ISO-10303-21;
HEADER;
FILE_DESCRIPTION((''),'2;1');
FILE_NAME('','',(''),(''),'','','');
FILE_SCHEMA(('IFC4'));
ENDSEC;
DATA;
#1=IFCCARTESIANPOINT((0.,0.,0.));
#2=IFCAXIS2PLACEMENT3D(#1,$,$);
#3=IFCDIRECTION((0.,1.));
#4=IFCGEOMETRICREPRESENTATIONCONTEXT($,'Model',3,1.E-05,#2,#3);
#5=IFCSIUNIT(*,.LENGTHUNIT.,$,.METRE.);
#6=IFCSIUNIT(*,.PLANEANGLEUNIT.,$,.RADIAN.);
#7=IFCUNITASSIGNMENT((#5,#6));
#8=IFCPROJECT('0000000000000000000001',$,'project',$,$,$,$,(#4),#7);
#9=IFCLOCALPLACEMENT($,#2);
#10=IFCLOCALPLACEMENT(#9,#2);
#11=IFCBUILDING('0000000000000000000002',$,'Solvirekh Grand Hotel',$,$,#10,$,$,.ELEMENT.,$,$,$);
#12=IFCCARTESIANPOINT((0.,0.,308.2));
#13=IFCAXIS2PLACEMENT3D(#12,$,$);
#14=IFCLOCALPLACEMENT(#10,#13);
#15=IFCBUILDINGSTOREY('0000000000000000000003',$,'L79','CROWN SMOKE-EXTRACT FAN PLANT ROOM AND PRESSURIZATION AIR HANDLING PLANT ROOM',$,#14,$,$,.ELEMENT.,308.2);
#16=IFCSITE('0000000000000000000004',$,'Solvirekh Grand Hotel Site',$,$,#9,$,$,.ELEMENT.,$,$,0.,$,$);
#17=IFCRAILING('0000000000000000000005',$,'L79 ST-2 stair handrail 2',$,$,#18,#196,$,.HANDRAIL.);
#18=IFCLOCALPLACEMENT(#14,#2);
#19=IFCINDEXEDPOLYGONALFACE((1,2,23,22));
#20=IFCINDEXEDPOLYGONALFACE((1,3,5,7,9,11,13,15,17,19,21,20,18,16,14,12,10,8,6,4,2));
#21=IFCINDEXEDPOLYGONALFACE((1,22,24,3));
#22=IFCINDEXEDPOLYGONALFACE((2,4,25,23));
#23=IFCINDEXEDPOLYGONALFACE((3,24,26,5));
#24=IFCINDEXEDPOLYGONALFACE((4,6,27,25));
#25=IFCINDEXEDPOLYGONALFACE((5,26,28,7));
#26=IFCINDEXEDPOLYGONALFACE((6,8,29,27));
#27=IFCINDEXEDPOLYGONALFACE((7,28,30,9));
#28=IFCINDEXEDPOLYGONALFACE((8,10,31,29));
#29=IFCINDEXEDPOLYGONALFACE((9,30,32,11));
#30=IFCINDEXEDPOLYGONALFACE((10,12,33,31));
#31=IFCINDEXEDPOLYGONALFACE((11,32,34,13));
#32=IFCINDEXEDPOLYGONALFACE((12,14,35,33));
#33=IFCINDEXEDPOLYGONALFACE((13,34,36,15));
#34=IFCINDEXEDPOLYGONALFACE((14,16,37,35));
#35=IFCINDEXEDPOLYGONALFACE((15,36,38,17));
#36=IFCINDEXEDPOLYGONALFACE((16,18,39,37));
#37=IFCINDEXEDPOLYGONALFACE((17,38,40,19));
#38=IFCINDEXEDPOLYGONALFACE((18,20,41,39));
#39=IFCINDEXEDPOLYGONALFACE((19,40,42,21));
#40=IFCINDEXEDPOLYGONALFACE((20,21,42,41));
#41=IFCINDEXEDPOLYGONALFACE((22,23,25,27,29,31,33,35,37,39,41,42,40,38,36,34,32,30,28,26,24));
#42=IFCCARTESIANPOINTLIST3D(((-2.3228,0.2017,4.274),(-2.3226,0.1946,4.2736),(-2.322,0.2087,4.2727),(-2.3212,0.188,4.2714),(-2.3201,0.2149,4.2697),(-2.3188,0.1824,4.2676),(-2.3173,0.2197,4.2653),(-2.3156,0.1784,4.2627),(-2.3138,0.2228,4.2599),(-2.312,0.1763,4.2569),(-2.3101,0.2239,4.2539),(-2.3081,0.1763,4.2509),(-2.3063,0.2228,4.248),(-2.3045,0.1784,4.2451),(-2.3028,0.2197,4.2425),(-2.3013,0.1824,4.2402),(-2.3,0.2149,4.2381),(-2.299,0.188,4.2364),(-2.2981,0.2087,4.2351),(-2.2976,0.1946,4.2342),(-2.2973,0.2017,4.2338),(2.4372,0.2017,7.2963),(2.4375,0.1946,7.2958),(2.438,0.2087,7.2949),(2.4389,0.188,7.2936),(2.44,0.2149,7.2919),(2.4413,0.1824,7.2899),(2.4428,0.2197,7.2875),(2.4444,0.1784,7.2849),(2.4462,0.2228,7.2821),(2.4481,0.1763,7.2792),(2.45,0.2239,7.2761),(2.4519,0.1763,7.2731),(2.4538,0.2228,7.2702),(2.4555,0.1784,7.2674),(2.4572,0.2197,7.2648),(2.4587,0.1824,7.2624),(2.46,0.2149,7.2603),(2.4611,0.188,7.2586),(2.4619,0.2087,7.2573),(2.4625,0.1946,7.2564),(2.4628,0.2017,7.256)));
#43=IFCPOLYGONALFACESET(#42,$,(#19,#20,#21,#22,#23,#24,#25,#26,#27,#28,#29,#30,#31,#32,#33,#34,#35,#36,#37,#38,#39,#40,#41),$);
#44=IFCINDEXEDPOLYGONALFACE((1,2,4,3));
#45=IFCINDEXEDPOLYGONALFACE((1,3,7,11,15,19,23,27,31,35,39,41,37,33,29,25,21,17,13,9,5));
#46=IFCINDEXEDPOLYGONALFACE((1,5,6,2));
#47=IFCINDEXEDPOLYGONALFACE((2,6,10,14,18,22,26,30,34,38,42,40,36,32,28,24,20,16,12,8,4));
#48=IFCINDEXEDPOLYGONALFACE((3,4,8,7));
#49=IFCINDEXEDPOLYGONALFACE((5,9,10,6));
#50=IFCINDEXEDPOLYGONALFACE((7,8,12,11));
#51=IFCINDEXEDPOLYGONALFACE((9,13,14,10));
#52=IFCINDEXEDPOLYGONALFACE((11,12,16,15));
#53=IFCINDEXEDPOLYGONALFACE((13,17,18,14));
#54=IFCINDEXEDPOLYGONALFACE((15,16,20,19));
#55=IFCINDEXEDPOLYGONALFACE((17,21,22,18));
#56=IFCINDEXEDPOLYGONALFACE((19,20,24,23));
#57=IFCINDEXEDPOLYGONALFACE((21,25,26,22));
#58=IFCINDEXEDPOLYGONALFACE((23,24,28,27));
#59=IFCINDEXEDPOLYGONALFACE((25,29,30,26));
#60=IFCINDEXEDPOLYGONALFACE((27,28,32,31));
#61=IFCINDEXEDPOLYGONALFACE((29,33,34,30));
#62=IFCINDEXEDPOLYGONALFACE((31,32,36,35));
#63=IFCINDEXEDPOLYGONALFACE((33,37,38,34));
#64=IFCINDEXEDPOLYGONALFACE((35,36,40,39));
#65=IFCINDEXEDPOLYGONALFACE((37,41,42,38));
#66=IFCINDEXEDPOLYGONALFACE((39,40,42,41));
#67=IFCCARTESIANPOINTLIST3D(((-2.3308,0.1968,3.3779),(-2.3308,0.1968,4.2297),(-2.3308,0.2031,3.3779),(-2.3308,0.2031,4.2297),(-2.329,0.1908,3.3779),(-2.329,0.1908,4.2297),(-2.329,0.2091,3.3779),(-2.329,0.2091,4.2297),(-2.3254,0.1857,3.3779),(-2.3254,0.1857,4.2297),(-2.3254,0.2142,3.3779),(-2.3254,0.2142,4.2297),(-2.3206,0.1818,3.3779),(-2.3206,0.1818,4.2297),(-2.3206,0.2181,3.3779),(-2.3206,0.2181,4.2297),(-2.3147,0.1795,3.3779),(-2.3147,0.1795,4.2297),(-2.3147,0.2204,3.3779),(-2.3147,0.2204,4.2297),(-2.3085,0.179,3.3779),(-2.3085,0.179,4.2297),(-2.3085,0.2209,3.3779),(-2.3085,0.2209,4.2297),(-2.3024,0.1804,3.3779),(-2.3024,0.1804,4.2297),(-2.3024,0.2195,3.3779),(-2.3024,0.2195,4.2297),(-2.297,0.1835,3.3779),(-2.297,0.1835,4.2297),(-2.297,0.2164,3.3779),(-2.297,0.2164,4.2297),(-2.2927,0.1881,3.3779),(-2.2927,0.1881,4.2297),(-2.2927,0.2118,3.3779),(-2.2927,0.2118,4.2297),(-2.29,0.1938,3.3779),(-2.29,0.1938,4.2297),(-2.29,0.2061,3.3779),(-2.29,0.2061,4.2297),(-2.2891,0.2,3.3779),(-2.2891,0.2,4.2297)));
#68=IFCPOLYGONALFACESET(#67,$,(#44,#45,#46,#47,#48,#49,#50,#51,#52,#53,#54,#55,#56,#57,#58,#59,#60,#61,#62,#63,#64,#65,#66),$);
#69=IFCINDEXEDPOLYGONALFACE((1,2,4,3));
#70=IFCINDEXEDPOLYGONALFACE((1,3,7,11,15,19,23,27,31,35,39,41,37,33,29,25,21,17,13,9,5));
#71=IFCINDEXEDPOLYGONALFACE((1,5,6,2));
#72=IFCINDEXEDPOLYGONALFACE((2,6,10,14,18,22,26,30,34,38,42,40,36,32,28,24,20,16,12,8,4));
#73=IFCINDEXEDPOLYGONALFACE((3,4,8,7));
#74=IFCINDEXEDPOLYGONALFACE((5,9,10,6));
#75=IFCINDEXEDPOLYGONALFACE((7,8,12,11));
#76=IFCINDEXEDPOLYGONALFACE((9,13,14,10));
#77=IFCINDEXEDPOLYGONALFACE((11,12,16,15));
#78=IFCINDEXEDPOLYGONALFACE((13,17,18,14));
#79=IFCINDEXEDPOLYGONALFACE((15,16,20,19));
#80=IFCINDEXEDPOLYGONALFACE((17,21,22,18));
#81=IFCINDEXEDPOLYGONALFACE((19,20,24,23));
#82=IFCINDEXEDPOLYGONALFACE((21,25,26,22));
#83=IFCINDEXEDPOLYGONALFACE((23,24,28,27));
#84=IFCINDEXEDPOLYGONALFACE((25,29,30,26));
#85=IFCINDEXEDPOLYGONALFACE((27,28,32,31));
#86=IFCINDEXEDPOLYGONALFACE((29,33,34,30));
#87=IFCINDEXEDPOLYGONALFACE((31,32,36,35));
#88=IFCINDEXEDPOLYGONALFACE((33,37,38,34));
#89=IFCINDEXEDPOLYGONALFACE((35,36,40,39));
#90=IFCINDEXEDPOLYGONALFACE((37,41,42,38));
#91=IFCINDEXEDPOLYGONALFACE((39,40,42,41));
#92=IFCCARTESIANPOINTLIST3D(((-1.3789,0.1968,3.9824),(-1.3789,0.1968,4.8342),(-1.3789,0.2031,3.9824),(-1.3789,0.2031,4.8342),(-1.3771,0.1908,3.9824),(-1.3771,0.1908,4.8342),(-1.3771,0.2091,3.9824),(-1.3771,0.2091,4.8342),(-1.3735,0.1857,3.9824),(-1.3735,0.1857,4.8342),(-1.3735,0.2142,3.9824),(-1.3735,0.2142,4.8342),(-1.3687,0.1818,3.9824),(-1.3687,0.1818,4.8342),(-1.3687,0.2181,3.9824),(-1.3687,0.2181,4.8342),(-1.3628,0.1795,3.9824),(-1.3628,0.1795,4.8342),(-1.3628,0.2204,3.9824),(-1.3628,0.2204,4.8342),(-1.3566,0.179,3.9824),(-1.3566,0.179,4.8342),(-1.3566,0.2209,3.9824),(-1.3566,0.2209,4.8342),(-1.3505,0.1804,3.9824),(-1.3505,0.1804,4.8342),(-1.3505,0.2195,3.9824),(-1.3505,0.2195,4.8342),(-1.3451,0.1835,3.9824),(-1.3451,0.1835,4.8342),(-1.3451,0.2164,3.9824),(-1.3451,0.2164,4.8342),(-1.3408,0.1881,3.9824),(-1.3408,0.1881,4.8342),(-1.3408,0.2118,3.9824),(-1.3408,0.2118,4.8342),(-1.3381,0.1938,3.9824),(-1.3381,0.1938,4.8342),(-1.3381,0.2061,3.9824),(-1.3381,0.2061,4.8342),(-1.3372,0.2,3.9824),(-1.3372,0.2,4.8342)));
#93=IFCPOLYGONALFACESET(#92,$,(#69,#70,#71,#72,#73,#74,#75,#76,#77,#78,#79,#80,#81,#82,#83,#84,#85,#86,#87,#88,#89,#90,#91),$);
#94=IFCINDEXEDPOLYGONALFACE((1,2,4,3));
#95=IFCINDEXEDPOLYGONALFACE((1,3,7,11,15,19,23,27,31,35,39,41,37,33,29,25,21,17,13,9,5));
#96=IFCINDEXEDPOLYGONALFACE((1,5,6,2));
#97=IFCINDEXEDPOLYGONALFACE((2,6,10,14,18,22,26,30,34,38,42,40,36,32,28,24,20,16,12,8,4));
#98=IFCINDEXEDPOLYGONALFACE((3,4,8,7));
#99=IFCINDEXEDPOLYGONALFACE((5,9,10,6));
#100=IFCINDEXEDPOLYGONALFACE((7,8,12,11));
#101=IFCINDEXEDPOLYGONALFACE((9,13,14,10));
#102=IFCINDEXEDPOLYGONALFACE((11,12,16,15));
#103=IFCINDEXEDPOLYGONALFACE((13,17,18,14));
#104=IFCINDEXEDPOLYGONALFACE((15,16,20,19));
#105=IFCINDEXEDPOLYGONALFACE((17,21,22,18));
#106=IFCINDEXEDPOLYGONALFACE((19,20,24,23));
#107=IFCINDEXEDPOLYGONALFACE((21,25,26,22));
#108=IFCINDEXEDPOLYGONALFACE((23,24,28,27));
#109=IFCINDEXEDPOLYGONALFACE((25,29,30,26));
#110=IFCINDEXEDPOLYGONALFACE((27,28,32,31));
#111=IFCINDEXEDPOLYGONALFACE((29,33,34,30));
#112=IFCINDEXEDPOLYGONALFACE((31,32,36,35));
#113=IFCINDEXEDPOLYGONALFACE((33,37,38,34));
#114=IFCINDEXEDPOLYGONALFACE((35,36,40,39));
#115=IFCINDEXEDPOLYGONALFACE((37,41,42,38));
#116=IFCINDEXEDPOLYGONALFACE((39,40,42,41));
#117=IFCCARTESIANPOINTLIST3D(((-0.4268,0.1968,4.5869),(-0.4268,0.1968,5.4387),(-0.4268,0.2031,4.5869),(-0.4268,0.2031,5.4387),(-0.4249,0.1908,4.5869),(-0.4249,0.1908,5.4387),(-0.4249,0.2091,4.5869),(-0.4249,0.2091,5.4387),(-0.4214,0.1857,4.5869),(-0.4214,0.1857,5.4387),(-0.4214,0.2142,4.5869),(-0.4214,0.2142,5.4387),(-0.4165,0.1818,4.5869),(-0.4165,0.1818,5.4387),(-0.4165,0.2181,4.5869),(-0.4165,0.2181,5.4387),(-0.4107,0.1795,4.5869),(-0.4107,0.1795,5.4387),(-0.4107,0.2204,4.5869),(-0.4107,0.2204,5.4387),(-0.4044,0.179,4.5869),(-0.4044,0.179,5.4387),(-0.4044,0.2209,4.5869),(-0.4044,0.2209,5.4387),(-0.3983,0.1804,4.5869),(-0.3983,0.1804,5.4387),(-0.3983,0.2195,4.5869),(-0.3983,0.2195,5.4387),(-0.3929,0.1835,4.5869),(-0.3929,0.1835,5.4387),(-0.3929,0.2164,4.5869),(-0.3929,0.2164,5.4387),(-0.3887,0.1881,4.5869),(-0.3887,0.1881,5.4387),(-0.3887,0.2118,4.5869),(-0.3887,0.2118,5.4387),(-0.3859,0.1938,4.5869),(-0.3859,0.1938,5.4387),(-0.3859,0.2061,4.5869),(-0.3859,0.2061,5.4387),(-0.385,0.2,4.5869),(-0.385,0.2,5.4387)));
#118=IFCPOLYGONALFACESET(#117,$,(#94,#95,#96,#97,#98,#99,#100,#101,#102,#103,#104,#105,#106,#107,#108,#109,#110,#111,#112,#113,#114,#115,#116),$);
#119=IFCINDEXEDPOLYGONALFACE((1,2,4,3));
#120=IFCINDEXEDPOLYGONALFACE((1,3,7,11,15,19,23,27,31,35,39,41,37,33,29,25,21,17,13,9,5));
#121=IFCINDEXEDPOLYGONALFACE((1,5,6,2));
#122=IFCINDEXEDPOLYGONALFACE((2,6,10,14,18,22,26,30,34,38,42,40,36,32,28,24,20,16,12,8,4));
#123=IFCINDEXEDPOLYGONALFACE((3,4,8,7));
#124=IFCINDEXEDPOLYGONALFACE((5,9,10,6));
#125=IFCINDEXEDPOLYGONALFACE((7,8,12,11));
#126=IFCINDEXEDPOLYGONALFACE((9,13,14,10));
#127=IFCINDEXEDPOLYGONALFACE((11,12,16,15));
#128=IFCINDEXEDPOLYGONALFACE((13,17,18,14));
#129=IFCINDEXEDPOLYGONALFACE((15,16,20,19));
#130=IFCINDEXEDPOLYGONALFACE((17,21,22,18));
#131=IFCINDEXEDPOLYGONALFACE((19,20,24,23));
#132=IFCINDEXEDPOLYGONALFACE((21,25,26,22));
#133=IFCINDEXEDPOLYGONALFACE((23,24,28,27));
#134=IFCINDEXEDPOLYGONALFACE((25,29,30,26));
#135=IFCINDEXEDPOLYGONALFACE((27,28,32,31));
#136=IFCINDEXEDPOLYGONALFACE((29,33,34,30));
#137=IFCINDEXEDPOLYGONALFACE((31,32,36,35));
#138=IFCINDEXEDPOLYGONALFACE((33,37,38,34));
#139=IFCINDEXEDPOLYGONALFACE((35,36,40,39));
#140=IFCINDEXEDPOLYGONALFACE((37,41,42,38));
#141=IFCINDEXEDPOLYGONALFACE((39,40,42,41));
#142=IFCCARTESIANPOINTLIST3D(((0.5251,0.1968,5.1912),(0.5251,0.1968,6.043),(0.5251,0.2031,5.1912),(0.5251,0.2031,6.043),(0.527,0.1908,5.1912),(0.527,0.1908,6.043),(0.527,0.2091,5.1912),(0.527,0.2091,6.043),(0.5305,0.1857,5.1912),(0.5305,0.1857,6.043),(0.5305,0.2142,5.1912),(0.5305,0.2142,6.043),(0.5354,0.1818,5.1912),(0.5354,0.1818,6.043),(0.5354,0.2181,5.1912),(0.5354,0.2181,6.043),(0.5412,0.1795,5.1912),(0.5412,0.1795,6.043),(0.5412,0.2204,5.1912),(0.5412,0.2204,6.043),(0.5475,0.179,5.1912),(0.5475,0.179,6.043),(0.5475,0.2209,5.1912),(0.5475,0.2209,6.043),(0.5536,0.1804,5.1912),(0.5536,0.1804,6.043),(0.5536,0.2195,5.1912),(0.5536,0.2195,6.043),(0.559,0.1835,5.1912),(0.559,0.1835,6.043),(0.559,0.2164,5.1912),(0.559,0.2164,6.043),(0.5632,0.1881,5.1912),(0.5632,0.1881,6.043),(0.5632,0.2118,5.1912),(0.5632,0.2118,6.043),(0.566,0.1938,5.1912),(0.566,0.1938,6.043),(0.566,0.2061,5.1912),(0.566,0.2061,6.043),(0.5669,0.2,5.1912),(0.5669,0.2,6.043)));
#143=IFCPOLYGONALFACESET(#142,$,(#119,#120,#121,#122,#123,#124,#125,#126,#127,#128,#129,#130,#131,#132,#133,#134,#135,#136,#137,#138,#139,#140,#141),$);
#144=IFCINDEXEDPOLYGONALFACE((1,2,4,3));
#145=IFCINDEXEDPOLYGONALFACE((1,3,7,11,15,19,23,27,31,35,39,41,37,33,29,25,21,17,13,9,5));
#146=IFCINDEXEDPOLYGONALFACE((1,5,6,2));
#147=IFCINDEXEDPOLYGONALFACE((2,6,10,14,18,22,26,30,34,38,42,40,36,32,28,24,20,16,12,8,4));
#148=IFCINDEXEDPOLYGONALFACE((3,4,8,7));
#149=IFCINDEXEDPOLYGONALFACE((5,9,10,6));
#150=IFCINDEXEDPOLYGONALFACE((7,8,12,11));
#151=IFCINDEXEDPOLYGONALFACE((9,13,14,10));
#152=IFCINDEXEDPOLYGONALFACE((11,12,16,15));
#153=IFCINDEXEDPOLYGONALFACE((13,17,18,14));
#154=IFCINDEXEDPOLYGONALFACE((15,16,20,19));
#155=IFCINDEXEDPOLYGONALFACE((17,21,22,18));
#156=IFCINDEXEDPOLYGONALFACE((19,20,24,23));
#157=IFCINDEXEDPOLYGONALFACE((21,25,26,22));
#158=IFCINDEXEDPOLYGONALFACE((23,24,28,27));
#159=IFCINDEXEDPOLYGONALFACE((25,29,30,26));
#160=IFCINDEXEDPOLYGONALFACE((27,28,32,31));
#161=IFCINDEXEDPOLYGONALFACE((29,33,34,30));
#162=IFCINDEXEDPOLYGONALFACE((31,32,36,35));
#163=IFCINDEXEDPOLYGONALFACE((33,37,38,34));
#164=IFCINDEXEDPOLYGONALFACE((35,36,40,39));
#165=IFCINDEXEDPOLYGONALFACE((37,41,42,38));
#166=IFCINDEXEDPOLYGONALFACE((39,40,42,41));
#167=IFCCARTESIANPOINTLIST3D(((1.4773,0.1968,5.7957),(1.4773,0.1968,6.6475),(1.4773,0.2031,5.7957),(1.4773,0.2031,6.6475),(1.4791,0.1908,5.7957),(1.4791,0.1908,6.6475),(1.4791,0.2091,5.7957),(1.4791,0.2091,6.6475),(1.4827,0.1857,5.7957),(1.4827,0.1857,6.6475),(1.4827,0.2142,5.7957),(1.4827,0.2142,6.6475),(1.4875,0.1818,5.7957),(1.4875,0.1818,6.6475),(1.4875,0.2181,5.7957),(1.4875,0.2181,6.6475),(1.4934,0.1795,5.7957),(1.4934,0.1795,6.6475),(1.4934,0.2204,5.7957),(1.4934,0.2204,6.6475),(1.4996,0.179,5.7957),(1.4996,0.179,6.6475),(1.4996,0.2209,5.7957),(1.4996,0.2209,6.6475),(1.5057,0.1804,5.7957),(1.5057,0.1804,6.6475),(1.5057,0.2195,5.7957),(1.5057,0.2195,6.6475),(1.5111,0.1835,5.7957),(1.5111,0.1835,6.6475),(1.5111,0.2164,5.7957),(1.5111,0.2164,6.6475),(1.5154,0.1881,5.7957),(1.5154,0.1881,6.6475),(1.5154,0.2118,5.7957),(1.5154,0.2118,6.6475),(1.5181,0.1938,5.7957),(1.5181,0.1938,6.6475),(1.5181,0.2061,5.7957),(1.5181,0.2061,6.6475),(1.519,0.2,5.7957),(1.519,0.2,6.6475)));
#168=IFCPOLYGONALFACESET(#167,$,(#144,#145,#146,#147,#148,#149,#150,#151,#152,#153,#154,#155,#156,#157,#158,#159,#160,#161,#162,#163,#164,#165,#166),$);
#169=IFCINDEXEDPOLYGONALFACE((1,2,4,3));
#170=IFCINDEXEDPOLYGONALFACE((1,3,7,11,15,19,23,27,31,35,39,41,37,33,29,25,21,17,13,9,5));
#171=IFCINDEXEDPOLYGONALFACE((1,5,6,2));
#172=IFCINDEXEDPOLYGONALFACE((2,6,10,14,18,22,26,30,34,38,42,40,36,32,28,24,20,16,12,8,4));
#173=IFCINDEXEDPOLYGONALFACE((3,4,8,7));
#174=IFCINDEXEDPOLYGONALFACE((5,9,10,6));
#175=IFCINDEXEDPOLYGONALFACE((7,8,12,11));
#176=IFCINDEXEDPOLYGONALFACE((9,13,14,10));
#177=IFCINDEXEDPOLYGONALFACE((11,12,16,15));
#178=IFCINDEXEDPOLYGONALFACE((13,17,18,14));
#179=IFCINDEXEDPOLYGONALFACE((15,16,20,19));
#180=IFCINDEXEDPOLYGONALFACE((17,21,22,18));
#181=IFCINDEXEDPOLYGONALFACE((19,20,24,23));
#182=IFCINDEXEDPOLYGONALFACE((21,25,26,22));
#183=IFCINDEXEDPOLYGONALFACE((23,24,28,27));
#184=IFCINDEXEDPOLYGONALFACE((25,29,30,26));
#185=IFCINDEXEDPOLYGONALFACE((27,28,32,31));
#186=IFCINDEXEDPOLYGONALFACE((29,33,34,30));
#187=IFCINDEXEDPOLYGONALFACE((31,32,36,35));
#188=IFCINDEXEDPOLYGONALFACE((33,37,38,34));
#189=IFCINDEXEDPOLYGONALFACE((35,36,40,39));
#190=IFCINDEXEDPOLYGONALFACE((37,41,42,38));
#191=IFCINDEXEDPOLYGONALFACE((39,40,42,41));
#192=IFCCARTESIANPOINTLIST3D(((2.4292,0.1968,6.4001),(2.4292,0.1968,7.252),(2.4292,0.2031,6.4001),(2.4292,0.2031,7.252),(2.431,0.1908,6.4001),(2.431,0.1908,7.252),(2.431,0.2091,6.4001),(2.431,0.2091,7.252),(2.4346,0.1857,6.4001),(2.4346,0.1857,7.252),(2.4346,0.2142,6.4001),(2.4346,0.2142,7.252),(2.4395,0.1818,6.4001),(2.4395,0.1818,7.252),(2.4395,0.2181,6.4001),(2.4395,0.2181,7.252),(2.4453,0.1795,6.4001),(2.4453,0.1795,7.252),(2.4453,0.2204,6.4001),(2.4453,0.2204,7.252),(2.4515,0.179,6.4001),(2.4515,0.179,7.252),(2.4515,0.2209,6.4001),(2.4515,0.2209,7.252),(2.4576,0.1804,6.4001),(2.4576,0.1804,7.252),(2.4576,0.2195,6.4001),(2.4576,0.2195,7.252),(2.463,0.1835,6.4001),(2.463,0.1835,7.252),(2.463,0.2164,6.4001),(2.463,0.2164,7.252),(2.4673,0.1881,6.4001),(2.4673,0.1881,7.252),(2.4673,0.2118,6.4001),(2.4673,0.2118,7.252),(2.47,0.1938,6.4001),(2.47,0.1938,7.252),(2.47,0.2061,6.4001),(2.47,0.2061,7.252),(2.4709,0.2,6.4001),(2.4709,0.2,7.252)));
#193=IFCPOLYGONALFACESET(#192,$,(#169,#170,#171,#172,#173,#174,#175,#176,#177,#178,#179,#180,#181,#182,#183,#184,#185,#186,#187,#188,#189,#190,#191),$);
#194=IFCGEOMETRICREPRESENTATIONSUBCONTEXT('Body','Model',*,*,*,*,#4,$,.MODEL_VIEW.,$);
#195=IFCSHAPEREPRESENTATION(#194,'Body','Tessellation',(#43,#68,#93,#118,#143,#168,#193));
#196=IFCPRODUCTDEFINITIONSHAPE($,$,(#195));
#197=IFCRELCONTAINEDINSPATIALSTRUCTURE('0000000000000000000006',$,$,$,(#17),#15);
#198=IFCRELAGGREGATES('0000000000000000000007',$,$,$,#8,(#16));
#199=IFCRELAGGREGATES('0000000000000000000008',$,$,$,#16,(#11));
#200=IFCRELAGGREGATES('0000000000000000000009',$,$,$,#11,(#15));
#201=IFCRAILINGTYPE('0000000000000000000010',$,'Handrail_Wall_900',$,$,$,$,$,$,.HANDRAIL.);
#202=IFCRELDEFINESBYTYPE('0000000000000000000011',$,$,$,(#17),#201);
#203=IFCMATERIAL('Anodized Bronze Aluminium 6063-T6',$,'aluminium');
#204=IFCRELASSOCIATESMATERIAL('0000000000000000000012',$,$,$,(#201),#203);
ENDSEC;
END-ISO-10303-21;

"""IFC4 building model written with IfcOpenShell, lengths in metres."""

from ifc_helpers import new_model, si_unit, direction, frame, origin, origin_2d, place, context, subcontext, project, spatial, circle, extrude, material, type_object, element, save


model = new_model("IFC4")

# Units and contexts
model_context = context("Model", 3, precision=1e-05, world=origin(), true_north=direction((0.0, 1.0)))
body_context = subcontext(model_context, "Body", "Model", "MODEL_VIEW")
ifc_project = project(units=[si_unit("LENGTHUNIT", "METRE"), si_unit("PLANEANGLEUNIT", "RADIAN")], contexts=[model_context])

# Site, building, storey
site_placement = place(None, origin())
site = spatial("IfcSite", under=ifc_project, at=site_placement, Name="Solvirekh Grand Hotel Site", CompositionType="ELEMENT", RefElevation=0.0)
building_placement = place(site_placement, origin())
building = spatial("IfcBuilding", under=site, at=building_placement, Name="Solvirekh Grand Hotel", CompositionType="ELEMENT")
storey_placement = place(building_placement, frame((0.0, 0.0, 308.2)))
storey = spatial("IfcBuildingStorey", under=building, at=storey_placement, Name="L79", Description="CROWN SMOKE-EXTRACT FAN PLANT ROOM AND PRESSURIZATION AIR HANDLING PLANT ROOM", CompositionType="ELEMENT", Elevation=308.2)

# Shared definitions
ifc_material_1 = material(Name="Anodized Bronze Aluminium 6063-T6", Category="aluminium")

# Railing
railing_type_1 = type_object("IfcRailingType", Name="Handrail_Wall_900", PredefinedType="HANDRAIL", material=ifc_material_1)
railing_1_placement = place(storey_placement, frame((-2.3101, 0.2, 3.3779)))
element("IfcRailing", 1, at=railing_1_placement, inside=storey, type_object=railing_type_1, Name="L79 ST-2 stair handrail 2", PredefinedType="HANDRAIL", context=body_context, shape_type="SweptSolid", body=[
    extrude(circle(Radius=0.0239, at=origin_2d()), frame((0.0, 0.0, 0.876), z_axis=(0.844214, 0.0, 0.536007), x_axis=(0.0, 1.0, 0.0)), (0.0, 0.0, 1.0), 5.6384),
    extrude(circle(Radius=0.021, at=origin_2d()), origin(), (0.0, 0.0, 1.0), 0.8518),
    extrude(circle(Radius=0.021, at=origin_2d()), frame((0.9519, 0.0, 0.6045)), (0.0, 0.0, 1.0), 0.8518),
    extrude(circle(Radius=0.021, at=origin_2d()), frame((1.9041, 0.0, 1.209)), (0.0, 0.0, 1.0), 0.8518),
    extrude(circle(Radius=0.021, at=origin_2d()), frame((2.856, 0.0, 1.8132)), (0.0, 0.0, 1.0), 0.8518),
    extrude(circle(Radius=0.021, at=origin_2d()), frame((3.8081, 0.0, 2.4177)), (0.0, 0.0, 1.0), 0.8518),
    extrude(circle(Radius=0.021, at=origin_2d()), frame((4.76, 0.0, 3.0222)), (0.0, 0.0, 1.0), 0.8518),
])

save(model, "model.ifc")
